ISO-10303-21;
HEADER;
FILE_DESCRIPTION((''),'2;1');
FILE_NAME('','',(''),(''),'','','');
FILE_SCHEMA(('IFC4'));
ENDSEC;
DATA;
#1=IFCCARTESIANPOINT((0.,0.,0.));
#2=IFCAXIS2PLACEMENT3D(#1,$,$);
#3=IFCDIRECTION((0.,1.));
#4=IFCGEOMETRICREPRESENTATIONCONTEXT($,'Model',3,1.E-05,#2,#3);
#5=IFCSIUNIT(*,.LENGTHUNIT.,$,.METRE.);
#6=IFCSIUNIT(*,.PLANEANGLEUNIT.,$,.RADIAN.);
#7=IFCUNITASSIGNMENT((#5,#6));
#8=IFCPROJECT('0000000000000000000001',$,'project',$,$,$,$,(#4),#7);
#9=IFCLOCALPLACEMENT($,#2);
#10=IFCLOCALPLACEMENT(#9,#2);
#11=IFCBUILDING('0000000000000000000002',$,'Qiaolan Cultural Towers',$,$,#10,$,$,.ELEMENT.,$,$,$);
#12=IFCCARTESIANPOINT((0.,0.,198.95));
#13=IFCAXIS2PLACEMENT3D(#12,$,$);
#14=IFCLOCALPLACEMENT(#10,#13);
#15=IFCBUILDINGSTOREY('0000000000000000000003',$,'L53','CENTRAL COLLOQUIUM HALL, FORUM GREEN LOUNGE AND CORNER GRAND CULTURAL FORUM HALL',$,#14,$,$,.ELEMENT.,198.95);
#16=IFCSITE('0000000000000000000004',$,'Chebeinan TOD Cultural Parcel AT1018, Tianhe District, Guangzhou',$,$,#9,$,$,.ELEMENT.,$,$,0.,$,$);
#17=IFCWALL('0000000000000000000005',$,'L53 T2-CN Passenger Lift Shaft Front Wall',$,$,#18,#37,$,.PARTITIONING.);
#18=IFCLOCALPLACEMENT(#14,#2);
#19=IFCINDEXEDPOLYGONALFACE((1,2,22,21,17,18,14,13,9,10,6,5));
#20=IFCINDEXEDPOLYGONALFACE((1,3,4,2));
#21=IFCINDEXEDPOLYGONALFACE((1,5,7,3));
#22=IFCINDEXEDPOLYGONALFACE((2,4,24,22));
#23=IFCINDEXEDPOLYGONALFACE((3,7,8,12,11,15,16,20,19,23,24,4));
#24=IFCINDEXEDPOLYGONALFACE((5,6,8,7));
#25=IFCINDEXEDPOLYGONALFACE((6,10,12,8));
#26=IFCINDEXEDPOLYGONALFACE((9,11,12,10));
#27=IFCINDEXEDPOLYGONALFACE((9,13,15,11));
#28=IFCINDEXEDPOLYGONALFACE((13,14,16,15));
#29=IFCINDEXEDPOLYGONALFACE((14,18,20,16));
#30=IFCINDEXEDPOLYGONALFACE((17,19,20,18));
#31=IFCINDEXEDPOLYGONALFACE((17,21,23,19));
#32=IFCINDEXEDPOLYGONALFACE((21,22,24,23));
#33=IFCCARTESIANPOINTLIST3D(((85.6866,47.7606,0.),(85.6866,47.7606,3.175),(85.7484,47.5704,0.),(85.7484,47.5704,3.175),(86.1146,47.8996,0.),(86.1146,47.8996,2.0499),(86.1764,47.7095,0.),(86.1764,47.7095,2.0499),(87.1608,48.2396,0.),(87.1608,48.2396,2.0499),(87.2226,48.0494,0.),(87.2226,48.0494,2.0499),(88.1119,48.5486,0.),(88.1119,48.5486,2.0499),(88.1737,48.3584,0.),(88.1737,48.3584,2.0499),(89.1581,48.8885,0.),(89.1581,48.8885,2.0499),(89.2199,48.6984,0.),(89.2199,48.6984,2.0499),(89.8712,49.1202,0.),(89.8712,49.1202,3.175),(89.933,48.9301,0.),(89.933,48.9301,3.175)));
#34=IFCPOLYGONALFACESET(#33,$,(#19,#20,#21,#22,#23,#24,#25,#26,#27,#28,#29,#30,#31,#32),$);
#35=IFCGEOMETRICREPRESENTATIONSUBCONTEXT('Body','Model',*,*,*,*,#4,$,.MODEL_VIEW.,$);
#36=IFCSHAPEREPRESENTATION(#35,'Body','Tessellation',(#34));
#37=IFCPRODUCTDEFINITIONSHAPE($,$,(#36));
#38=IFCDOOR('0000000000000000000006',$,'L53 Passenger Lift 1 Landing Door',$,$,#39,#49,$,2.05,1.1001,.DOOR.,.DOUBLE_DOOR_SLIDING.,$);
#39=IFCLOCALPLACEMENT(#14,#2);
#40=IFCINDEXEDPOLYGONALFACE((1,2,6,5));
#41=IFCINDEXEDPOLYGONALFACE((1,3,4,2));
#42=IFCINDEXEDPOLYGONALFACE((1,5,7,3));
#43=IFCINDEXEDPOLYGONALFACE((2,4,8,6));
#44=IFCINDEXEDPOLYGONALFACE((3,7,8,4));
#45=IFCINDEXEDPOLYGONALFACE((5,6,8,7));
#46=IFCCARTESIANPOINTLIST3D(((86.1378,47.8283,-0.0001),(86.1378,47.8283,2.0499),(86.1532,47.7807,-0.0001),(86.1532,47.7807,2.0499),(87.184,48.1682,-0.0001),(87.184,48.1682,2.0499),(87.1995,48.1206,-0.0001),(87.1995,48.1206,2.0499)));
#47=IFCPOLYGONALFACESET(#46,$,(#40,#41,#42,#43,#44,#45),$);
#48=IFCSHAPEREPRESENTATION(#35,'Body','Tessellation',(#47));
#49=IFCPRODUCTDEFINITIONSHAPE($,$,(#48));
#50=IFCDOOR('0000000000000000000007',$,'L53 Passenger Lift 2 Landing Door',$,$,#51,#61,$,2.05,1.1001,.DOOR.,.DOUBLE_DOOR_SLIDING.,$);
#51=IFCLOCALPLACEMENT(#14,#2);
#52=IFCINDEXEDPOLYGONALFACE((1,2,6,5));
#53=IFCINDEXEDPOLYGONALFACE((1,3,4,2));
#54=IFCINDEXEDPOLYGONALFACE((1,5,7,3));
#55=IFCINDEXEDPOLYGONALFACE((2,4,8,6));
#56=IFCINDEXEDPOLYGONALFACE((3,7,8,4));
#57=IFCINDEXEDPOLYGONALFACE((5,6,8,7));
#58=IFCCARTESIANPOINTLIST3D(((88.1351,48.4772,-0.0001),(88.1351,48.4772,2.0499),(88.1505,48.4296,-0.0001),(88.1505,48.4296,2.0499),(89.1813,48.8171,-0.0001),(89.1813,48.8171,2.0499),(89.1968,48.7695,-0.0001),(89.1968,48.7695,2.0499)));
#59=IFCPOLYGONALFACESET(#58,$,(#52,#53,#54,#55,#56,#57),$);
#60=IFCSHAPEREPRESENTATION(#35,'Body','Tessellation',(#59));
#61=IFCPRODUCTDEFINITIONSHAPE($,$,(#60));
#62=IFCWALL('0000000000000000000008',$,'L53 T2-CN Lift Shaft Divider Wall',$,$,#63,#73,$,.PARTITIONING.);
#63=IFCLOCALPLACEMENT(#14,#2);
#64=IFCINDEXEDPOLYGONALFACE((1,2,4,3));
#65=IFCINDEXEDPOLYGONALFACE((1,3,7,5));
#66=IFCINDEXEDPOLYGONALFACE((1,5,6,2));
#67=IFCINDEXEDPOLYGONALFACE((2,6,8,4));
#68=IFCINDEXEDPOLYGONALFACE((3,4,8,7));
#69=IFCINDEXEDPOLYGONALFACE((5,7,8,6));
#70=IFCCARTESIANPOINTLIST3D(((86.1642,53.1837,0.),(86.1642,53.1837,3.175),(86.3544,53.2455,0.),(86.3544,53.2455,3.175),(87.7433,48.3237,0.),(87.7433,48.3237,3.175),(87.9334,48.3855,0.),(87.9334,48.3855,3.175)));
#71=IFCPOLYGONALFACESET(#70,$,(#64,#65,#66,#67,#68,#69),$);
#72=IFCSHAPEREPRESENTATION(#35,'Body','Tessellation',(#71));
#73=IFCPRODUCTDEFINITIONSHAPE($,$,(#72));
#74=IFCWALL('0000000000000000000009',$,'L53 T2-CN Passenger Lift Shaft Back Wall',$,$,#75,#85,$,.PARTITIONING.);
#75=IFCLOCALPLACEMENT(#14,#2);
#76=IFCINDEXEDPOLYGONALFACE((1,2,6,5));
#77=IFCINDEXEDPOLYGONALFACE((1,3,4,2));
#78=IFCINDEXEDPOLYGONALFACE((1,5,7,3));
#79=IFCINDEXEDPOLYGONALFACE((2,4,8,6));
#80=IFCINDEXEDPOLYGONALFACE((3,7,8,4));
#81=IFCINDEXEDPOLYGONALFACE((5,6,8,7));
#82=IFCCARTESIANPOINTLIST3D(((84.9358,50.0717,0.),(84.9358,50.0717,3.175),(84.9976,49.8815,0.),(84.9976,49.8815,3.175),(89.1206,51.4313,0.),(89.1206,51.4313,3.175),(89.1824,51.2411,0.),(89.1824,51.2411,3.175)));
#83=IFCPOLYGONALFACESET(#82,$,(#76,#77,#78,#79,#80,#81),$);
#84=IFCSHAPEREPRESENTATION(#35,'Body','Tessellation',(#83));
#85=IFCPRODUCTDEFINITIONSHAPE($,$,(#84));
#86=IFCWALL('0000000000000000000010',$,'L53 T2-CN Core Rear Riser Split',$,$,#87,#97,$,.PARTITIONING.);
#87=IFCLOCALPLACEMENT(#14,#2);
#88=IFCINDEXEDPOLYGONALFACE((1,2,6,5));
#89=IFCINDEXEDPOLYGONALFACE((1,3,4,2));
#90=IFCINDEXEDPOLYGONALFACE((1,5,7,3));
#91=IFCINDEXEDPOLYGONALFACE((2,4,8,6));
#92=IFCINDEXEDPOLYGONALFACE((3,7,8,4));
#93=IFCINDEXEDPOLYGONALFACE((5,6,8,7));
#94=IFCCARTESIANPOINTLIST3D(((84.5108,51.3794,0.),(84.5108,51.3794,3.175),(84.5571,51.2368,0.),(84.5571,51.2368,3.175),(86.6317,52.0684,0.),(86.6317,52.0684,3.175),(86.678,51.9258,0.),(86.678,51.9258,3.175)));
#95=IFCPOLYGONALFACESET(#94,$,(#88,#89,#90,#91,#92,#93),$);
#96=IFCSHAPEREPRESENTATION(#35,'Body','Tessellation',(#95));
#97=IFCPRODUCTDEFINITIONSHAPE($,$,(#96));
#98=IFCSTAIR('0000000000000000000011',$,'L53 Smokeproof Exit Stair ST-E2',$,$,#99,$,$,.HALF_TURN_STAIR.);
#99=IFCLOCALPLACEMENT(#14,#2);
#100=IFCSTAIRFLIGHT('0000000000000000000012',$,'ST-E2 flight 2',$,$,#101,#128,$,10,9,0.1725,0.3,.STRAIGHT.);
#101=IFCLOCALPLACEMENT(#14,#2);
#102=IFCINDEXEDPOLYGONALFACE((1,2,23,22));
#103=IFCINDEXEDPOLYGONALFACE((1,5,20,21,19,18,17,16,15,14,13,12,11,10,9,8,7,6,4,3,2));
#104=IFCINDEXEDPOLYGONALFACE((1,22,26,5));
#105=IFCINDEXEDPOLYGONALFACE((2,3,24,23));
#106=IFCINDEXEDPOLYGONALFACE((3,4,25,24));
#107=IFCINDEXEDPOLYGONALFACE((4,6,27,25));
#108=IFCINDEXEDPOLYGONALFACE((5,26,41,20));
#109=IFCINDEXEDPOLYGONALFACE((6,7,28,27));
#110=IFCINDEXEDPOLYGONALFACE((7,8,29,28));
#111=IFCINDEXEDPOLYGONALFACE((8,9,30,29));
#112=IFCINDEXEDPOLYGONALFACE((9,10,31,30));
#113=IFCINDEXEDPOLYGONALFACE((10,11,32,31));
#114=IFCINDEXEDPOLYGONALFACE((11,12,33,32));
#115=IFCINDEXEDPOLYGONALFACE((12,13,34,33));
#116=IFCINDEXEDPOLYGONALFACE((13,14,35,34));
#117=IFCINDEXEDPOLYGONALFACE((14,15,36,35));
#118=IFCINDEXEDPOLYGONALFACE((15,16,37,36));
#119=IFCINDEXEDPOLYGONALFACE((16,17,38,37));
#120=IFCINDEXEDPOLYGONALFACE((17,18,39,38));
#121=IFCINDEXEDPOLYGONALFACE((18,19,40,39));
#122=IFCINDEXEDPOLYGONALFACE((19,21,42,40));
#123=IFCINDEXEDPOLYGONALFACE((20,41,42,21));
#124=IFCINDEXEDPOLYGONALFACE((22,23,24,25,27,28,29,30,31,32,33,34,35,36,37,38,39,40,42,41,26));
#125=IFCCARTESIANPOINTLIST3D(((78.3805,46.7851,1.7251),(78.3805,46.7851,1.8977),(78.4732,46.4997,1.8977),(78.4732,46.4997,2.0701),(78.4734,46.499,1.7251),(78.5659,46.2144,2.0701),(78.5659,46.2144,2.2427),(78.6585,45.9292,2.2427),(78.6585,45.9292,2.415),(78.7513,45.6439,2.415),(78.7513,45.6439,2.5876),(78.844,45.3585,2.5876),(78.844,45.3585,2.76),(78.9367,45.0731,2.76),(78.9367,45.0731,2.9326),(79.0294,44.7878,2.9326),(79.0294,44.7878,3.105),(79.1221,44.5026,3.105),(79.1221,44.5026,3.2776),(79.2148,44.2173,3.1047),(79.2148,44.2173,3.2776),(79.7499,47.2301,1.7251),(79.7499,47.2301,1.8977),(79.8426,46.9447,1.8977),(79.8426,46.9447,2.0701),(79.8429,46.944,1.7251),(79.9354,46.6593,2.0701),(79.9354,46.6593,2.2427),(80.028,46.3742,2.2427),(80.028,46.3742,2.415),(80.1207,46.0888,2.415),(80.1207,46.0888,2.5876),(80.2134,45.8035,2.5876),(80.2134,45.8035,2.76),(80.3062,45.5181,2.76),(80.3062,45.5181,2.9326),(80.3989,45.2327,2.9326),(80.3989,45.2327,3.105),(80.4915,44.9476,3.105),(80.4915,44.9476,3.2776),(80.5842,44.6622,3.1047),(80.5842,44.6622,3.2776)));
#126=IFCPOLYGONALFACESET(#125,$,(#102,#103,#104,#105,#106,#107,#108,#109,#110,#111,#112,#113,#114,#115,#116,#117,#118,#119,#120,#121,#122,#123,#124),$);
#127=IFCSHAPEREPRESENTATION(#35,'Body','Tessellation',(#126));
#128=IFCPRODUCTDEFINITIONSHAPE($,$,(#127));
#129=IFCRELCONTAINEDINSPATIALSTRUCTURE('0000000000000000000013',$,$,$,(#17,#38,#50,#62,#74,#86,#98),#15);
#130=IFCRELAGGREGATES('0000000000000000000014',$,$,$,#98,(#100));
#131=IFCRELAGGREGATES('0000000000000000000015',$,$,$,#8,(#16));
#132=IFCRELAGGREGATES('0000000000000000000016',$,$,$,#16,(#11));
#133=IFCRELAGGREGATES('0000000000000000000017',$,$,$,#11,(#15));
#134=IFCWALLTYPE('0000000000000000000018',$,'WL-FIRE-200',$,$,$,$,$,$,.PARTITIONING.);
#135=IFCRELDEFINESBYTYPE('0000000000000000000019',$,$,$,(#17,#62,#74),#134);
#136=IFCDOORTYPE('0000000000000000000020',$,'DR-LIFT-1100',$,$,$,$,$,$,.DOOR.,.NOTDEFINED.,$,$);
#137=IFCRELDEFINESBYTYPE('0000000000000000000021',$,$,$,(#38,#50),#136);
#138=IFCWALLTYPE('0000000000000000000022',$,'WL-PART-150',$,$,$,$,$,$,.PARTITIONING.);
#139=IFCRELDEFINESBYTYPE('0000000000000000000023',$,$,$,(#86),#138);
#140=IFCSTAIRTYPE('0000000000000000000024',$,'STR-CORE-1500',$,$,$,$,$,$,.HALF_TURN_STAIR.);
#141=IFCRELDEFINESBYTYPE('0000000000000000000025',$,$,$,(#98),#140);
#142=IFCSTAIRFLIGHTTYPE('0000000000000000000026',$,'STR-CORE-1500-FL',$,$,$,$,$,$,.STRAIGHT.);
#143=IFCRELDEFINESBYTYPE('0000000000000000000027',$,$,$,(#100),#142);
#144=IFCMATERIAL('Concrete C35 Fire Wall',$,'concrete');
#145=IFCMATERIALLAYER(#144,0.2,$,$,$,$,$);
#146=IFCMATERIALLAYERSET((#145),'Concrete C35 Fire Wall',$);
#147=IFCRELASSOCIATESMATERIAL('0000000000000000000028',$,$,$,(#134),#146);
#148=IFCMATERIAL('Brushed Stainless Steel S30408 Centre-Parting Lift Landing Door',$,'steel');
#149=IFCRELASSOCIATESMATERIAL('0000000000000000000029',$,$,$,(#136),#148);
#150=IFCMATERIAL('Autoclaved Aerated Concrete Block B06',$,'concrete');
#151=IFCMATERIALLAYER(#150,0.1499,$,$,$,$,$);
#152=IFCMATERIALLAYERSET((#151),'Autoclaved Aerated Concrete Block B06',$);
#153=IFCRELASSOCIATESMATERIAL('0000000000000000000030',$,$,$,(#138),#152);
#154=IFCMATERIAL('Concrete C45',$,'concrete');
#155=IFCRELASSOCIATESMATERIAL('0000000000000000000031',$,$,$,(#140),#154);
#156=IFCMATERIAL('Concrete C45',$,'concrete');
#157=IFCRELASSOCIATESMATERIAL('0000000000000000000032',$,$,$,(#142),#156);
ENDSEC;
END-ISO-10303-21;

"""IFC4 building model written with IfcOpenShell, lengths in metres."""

from ifc_helpers import new_model, si_unit, direction, frame, frame_2d, origin, place, context, subcontext, project, spatial, polyline, rectangle, outline, extrude, material, layer, layer_set, type_object, element, fill, aggregate, save


model = new_model("IFC4")

# Units and contexts
model_context = context("Model", 3, precision=1e-05, world=origin(), true_north=direction((0.0, 1.0)))
body_context = subcontext(model_context, "Body", "Model", "MODEL_VIEW")
ifc_project = project(units=[si_unit("LENGTHUNIT", "METRE"), si_unit("PLANEANGLEUNIT", "RADIAN")], contexts=[model_context])

# Site, building, storey
site_placement = place(None, origin())
site = spatial("IfcSite", under=ifc_project, at=site_placement, Name="Chebeinan TOD Cultural Parcel AT1018, Tianhe District, Guangzhou", CompositionType="ELEMENT", RefElevation=0.0)
building_placement = place(site_placement, origin())
building = spatial("IfcBuilding", under=site, at=building_placement, Name="Qiaolan Cultural Towers", CompositionType="ELEMENT")
storey_placement = place(building_placement, frame((0.0, 0.0, 198.95)))
storey = spatial("IfcBuildingStorey", under=building, at=storey_placement, Name="L53", Description="CENTRAL COLLOQUIUM HALL, FORUM GREEN LOUNGE AND CORNER GRAND CULTURAL FORUM HALL", CompositionType="ELEMENT", Elevation=198.95)

# Shared definitions
ifc_material_1 = material(Name="Concrete C35 Fire Wall", Category="concrete")
ifc_layer_1 = layer(ifc_material_1, 0.2)
ifc_layer_set_1 = layer_set([ifc_layer_1], Name="Concrete C35 Fire Wall")
wall_type_1 = type_object("IfcWallType", Name="WL-FIRE-200", PredefinedType="PARTITIONING", material=ifc_layer_set_1)
ifc_material_2 = material(Name="Brushed Stainless Steel S30408 Centre-Parting Lift Landing Door", Category="steel")
door_type = type_object("IfcDoorType", Name="DR-LIFT-1100", OperationType="NOTDEFINED", PredefinedType="DOOR", material=ifc_material_2)

# Wall, openings, doors
wall_1_placement = place(storey_placement, frame((85.7175, 47.6655, 0.0), z_axis=(0.0, 0.0, 1.0), x_axis=(0.951059, 0.309011, 0.0)))
wall_1 = element("IfcWall", 1, at=wall_1_placement, inside=storey, type_object=wall_type_1, Name="L53 T2-CN Passenger Lift Shaft Front Wall", PredefinedType="PARTITIONING", context=body_context, shape_type="SweptSolid", body=[
    extrude(rectangle(XDim=4.3999, YDim=0.2, at=frame_2d((2.2, 0.0))), origin(), (0.0, 0.0, 1.0), 3.175),
])
opening_1_placement = place(wall_1_placement, frame((0.45, 0.0, 0.0)))
opening_1 = element("IfcOpeningElement", 2, at=opening_1_placement, cuts=wall_1, PredefinedType="OPENING", context=body_context, shape_type="SweptSolid", body=[
    extrude(rectangle(XDim=1.1001, YDim=2.05, at=frame_2d((0.55, 1.0249))), frame((0.0, 0.1099, 0.0), z_axis=(0.0, -1.0, 0.0), x_axis=(1.0, 0.0, 0.0)), (0.0, 0.0, 1.0), 0.22),
])
opening_2_placement = place(wall_1_placement, frame((2.55, 0.0, 0.0)))
opening_2 = element("IfcOpeningElement", 3, at=opening_2_placement, cuts=wall_1, PredefinedType="OPENING", context=body_context, shape_type="SweptSolid", body=[
    extrude(rectangle(XDim=1.1001, YDim=2.05, at=frame_2d((0.55, 1.0249))), frame((0.0, 0.1099, 0.0), z_axis=(0.0, -1.0, 0.0), x_axis=(1.0, 0.0, 0.0)), (0.0, 0.0, 1.0), 0.22),
])
door_1_placement = place(opening_1_placement, origin())
door_1 = element("IfcDoor", 4, at=door_1_placement, inside=storey, type_object=door_type, Name="L53 Passenger Lift 1 Landing Door", OperationType="DOUBLE_DOOR_SLIDING", OverallHeight=2.05, OverallWidth=1.1001, PredefinedType="DOOR", context=body_context, shape_type="SweptSolid", body=[
    extrude(rectangle(XDim=1.1001, YDim=2.05, at=frame_2d((0.55, 1.0249))), frame((0.0, 0.0249, 0.0), z_axis=(0.0, -1.0, 0.0), x_axis=(1.0, 0.0, 0.0)), (0.0, 0.0, 1.0), 0.05),
])
fill(opening_1, door_1)
door_2_placement = place(opening_2_placement, origin())
door_2 = element("IfcDoor", 5, at=door_2_placement, inside=storey, type_object=door_type, Name="L53 Passenger Lift 2 Landing Door", OperationType="DOUBLE_DOOR_SLIDING", OverallHeight=2.05, OverallWidth=1.1001, PredefinedType="DOOR", context=body_context, shape_type="SweptSolid", body=[
    extrude(rectangle(XDim=1.1001, YDim=2.05, at=frame_2d((0.55, 1.0249))), frame((0.0, 0.0249, 0.0), z_axis=(0.0, -1.0, 0.0), x_axis=(1.0, 0.0, 0.0)), (0.0, 0.0, 1.0), 0.05),
])
fill(opening_2, door_2)

# Walls
wall_2_placement = place(storey_placement, frame((87.8384, 48.3545, 0.0), z_axis=(0.0, 0.0, 1.0), x_axis=(-0.309009, 0.951059, 0.0)))
element("IfcWall", 6, at=wall_2_placement, inside=storey, type_object=wall_type_1, Name="L53 T2-CN Lift Shaft Divider Wall", PredefinedType="PARTITIONING", context=body_context, shape_type="SweptSolid", body=[
    extrude(rectangle(XDim=5.1101, YDim=0.2, at=frame_2d((2.5552, 0.0))), origin(), (0.0, 0.0, 1.0), 3.175),
])
wall_3_placement = place(storey_placement, frame((84.9666, 49.9766, 0.0), z_axis=(0.0, 0.0, 1.0), x_axis=(0.951064, 0.308994, 0.0)))
element("IfcWall", 7, at=wall_3_placement, inside=storey, type_object=wall_type_1, Name="L53 T2-CN Passenger Lift Shaft Back Wall", PredefinedType="PARTITIONING", context=body_context, shape_type="SweptSolid", body=[
    extrude(rectangle(XDim=4.4001, YDim=0.2, at=frame_2d((2.2002, 0.0))), origin(), (0.0, 0.0, 1.0), 3.175),
])
ifc_material_3 = material(Name="Autoclaved Aerated Concrete Block B06", Category="concrete")
ifc_layer_2 = layer(ifc_material_3, 0.1499)
ifc_layer_set_2 = layer_set([ifc_layer_2], Name="Autoclaved Aerated Concrete Block B06")
wall_type_2 = type_object("IfcWallType", Name="WL-PART-150", PredefinedType="PARTITIONING", material=ifc_layer_set_2)
wall_4_placement = place(storey_placement, frame((84.5339, 51.3081, 0.0), z_axis=(0.0, 0.0, 1.0), x_axis=(0.951075, 0.30896, 0.0)))
element("IfcWall", 8, at=wall_4_placement, inside=storey, type_object=wall_type_2, Name="L53 T2-CN Core Rear Riser Split", PredefinedType="PARTITIONING", context=body_context, shape_type="SweptSolid", body=[
    extrude(rectangle(XDim=2.23, YDim=0.1499, at=frame_2d((1.115, 0.0))), origin(), (0.0, 0.0, 1.0), 3.175),
])

# Stair, stair flight
ifc_material_4 = material(Name="Concrete C45", Category="concrete")
stair_type = type_object("IfcStairType", Name="STR-CORE-1500", PredefinedType="HALF_TURN_STAIR", material=ifc_material_4)
stair_placement = place(storey_placement, origin())
stair = element("IfcStair", 9, at=stair_placement, inside=storey, type_object=stair_type, Name="L53 Smokeproof Exit Stair ST-E2", PredefinedType="HALF_TURN_STAIR")
ifc_material_5 = material(Name="Concrete C45", Category="concrete")
stair_flight_type = type_object("IfcStairFlightType", Name="STR-CORE-1500-FL", PredefinedType="STRAIGHT", material=ifc_material_5)
stair_flight_placement = place(storey_placement, frame((79.0652, 47.0076, 1.7251), z_axis=(0.0, 0.0, 1.0), x_axis=(0.309017, -0.951057, 0.0)))
stair_flight = element("IfcStairFlight", 10, at=stair_flight_placement, type_object=stair_flight_type, Name="ST-E2 flight 2", NumberOfRisers=10, NumberOfTreads=9, PredefinedType="STRAIGHT", RiserHeight=0.1725, TreadLength=0.3, context=body_context, shape_type="SweptSolid", body=[
    extrude(outline(polyline([(0.0, 0.0), (0.0, 0.1726), (0.3, 0.1726), (0.3, 0.345), (0.6001, 0.345), (0.6001, 0.5176), (0.8999, 0.5176), (0.8999, 0.6899), (1.2, 0.6899), (1.2, 0.8625), (1.5, 0.8625), (1.5, 1.0349), (1.8, 1.0349), (1.8, 1.2075), (2.1001, 1.2075), (2.1001, 1.3799), (2.3999, 1.3799), (2.3999, 1.5525), (2.7, 1.5525), (2.7, 1.7251), (2.7, 1.3796), (0.3008, 0.0), (0.0, 0.0)])), frame((0.0, 0.72, 0.0), z_axis=(0.0, -1.0, 0.0), x_axis=(1.0, 0.0, 0.0)), (0.0, 0.0, 1.0), 1.4399),
])
aggregate(stair, [stair_flight])

save(model, "model.ifc")
